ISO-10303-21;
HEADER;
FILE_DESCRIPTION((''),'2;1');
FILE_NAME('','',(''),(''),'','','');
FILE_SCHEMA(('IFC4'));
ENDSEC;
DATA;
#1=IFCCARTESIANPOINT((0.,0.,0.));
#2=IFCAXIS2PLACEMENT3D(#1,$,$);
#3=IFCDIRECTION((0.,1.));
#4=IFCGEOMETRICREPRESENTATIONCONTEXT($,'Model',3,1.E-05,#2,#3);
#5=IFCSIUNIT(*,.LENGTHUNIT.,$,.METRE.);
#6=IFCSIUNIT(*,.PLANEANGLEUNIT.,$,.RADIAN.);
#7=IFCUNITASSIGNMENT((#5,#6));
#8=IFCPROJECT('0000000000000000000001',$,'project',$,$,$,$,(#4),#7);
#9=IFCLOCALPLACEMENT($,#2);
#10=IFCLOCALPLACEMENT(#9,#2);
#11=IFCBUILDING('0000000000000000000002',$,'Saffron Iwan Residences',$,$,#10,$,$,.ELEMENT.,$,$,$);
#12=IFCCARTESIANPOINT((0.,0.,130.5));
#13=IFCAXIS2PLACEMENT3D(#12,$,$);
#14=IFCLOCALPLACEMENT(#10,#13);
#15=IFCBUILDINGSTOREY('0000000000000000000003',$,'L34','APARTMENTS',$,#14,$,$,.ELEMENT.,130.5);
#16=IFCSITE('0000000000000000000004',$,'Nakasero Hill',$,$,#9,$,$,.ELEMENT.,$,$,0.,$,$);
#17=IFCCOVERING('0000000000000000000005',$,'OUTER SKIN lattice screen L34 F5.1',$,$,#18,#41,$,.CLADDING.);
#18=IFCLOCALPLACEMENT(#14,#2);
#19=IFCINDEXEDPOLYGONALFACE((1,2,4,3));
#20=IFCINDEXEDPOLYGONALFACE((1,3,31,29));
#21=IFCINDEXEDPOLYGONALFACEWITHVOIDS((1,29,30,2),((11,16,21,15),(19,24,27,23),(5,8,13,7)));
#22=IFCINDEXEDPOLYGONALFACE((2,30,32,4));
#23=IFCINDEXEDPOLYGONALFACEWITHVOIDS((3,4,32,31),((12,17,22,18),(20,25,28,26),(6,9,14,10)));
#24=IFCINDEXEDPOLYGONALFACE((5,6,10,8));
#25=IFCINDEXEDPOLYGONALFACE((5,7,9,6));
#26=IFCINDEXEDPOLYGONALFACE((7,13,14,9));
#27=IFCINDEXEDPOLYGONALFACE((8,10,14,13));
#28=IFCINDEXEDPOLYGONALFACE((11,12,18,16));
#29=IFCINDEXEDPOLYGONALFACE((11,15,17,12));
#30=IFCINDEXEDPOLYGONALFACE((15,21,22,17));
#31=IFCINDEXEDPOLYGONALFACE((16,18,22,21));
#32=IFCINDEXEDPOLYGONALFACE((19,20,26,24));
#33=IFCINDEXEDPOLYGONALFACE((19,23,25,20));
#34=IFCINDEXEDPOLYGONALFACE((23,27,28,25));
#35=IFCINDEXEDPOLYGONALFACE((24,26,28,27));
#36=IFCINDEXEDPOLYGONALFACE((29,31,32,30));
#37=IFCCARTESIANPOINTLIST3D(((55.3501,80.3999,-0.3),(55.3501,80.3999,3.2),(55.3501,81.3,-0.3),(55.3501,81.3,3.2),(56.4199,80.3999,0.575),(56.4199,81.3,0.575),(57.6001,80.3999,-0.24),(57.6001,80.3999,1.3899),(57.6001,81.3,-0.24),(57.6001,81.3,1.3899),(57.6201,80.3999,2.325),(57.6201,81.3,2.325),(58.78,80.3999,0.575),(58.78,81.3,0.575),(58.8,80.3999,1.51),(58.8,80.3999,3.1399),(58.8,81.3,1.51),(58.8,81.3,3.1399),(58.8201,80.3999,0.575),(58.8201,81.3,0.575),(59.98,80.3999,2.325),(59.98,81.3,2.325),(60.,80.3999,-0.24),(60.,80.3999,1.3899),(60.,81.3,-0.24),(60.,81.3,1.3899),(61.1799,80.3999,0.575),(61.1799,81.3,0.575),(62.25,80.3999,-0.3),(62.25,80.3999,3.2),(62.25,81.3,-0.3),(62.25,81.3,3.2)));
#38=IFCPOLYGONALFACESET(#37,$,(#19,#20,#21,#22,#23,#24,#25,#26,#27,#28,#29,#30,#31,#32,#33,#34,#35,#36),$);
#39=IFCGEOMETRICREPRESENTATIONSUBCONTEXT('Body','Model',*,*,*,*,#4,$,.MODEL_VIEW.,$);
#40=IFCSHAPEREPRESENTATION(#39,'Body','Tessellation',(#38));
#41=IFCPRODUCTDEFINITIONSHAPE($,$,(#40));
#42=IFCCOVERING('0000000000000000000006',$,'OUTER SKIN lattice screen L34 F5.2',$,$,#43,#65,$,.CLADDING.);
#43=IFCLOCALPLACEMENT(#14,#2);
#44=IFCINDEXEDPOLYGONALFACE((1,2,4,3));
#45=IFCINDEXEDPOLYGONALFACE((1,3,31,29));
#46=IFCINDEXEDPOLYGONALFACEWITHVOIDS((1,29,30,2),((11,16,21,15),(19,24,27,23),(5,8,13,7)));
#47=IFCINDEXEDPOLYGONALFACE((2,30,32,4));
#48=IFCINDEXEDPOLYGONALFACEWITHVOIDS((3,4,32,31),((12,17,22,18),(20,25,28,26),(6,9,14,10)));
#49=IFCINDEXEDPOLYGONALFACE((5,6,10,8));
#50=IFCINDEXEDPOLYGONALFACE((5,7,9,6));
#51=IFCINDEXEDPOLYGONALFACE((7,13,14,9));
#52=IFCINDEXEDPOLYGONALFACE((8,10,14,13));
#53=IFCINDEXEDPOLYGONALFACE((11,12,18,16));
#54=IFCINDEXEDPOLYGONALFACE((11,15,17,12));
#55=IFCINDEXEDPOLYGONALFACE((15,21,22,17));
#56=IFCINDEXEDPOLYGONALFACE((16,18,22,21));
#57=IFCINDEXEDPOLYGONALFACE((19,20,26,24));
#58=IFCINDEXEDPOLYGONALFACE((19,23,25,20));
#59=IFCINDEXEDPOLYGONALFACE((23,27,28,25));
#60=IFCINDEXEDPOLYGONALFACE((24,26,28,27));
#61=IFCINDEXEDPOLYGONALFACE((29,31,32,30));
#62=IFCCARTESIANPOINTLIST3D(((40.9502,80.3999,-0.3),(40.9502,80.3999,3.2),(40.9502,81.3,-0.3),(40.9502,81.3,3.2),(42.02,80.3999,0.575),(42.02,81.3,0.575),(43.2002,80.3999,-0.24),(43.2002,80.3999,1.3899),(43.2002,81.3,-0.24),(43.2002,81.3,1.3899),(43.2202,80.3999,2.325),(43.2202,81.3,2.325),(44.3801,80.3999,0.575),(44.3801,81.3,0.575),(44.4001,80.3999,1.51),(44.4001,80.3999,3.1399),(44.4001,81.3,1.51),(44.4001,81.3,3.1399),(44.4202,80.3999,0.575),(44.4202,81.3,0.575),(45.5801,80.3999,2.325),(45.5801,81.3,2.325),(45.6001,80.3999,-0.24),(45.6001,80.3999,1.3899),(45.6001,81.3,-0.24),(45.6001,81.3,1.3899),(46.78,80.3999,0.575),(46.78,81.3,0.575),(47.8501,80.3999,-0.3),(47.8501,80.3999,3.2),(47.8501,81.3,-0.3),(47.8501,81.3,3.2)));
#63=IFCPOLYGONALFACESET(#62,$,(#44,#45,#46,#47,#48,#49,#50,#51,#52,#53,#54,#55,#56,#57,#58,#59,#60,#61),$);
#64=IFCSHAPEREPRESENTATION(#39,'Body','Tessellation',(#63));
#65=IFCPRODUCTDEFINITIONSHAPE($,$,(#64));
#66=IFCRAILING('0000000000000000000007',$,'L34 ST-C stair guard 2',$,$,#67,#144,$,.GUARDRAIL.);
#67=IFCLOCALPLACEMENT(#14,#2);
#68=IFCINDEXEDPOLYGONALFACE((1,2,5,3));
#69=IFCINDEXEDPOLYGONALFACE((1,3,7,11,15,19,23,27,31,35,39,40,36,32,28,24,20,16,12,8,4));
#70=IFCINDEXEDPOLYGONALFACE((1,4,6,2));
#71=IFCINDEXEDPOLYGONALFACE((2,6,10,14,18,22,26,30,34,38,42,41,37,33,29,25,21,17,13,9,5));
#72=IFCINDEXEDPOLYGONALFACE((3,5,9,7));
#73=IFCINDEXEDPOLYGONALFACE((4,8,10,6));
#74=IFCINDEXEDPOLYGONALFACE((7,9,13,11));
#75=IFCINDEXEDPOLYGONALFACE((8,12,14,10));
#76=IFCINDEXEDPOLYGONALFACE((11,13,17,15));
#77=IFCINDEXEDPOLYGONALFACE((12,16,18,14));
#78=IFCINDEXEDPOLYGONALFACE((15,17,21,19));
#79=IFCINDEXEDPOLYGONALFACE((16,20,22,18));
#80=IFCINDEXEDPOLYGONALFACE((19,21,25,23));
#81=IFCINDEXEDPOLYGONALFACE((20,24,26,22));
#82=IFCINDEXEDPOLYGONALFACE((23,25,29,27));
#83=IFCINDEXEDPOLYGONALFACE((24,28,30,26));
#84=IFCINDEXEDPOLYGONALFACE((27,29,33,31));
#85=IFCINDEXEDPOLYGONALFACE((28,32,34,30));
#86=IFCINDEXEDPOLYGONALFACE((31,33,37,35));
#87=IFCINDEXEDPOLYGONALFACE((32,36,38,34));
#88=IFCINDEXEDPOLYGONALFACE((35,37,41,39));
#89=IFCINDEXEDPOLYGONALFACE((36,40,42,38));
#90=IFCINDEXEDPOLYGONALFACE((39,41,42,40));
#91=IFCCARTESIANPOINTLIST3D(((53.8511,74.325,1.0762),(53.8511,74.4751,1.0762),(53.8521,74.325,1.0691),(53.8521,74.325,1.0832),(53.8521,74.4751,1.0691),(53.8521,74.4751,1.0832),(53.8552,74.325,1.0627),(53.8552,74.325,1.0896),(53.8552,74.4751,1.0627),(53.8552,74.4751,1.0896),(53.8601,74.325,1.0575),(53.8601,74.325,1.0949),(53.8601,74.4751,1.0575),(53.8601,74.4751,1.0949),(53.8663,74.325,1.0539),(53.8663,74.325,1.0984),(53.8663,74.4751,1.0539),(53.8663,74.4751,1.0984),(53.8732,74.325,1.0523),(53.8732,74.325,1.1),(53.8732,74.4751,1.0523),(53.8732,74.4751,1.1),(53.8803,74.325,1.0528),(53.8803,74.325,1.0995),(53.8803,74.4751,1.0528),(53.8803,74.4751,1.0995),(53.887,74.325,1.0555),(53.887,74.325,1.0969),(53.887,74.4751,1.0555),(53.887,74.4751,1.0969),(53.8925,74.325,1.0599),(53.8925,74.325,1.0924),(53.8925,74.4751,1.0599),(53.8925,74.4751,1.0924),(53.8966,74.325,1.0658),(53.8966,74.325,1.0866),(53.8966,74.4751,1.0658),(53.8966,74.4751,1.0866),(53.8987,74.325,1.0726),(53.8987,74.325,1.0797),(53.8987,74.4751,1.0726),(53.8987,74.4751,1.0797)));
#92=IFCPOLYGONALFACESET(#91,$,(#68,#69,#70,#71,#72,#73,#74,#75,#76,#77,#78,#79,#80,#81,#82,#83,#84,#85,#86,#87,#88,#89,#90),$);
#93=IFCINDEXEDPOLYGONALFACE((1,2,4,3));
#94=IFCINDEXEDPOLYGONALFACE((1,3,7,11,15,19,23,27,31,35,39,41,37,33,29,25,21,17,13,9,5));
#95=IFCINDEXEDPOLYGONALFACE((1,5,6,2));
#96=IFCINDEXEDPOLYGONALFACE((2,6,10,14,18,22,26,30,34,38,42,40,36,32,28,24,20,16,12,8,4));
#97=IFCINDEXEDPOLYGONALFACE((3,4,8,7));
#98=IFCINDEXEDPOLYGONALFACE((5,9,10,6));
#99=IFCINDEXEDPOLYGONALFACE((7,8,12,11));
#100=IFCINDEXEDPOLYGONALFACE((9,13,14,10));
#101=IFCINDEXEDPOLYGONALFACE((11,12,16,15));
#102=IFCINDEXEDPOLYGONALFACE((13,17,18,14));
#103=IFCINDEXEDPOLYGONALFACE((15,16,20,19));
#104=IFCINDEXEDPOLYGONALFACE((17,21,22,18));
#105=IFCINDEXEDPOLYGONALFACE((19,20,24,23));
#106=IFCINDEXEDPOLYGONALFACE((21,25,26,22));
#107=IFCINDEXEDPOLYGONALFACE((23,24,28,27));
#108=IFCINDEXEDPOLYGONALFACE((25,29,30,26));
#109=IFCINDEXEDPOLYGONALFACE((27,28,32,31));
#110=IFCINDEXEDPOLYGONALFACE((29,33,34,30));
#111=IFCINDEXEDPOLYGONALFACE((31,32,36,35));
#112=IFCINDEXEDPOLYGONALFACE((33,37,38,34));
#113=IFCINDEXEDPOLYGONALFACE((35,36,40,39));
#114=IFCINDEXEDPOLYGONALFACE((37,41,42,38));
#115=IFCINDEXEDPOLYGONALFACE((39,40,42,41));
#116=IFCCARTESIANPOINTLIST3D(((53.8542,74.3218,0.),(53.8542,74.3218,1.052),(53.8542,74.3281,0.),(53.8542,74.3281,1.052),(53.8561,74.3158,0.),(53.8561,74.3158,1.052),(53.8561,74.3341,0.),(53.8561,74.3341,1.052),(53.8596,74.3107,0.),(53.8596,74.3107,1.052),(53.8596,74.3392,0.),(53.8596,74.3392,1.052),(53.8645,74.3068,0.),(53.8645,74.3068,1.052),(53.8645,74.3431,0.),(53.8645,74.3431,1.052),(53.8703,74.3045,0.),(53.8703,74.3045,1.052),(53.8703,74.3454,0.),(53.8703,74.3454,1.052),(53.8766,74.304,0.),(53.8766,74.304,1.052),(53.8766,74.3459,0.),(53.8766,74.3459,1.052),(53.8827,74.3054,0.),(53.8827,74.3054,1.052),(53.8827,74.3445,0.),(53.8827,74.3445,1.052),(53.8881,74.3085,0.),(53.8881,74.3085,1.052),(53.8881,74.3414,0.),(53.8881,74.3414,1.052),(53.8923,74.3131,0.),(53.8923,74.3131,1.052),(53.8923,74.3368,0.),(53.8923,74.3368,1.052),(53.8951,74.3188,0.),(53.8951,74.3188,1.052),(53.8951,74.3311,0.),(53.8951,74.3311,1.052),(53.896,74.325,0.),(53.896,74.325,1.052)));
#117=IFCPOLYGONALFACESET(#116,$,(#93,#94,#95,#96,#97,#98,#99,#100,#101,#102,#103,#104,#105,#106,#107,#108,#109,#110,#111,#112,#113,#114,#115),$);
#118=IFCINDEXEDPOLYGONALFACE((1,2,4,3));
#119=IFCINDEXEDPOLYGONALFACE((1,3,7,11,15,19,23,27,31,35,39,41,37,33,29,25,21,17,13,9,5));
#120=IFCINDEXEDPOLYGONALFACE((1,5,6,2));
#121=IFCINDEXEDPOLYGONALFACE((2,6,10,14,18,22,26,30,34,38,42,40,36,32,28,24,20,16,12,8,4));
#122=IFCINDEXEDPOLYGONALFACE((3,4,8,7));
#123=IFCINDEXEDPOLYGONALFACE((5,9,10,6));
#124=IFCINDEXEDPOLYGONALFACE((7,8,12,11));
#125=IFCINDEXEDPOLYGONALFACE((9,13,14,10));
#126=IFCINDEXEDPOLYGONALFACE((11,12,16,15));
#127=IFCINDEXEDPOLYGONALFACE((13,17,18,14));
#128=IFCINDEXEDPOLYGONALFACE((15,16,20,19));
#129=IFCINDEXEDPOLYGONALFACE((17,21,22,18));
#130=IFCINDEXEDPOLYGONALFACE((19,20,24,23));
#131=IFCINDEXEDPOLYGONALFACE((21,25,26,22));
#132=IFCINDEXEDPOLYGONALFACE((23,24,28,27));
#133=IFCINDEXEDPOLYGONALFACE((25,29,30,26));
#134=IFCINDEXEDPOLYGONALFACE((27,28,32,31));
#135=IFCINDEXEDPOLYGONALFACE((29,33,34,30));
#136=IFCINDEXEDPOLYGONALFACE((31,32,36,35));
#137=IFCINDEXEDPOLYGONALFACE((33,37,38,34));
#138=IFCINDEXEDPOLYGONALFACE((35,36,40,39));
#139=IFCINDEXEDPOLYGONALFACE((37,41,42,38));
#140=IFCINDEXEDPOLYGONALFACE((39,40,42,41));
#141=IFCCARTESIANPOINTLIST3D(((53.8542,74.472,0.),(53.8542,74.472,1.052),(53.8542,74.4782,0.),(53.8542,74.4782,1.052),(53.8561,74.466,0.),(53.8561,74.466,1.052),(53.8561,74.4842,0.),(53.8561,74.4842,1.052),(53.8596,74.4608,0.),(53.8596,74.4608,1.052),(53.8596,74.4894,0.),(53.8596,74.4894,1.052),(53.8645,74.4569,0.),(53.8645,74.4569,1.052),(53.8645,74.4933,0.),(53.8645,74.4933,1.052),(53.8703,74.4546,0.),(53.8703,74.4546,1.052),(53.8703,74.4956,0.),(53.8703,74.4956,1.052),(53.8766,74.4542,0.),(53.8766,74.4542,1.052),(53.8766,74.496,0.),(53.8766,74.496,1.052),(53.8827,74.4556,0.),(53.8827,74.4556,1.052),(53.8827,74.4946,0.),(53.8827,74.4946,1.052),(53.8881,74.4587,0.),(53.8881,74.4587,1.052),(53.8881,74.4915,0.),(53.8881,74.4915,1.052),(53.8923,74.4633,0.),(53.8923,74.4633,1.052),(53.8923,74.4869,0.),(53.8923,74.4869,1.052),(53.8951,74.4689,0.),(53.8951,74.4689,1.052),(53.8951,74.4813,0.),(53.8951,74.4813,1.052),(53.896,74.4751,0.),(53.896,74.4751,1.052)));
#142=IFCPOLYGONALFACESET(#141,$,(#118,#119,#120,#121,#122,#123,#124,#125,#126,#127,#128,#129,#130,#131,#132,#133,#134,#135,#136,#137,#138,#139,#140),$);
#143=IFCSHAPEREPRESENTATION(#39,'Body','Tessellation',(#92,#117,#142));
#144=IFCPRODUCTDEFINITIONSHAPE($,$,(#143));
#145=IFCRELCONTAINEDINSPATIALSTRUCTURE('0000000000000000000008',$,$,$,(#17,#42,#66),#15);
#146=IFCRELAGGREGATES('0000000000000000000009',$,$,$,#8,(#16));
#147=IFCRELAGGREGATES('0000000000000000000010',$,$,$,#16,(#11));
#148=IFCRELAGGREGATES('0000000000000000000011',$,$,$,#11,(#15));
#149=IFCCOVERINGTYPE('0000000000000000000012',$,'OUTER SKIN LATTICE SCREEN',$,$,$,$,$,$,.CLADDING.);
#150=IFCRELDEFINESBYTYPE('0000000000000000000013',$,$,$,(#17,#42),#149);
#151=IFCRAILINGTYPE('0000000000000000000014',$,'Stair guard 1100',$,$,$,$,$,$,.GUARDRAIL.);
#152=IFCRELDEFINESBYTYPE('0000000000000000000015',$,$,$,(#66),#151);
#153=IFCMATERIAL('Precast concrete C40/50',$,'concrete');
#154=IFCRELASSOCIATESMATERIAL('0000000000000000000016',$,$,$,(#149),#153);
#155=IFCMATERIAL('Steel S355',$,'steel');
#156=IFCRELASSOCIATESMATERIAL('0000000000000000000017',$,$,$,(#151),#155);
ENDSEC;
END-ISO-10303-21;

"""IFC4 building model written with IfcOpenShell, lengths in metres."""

from ifc_helpers import new_model, si_unit, direction, frame, origin, origin_2d, place, context, subcontext, project, spatial, polyline, circle, outline, extrude, material, type_object, element, save


model = new_model("IFC4")

# Units and contexts
model_context = context("Model", 3, precision=1e-05, world=origin(), true_north=direction((0.0, 1.0)))
body_context = subcontext(model_context, "Body", "Model", "MODEL_VIEW")
ifc_project = project(units=[si_unit("LENGTHUNIT", "METRE"), si_unit("PLANEANGLEUNIT", "RADIAN")], contexts=[model_context])

# Site, building, storey
site_placement = place(None, origin())
site = spatial("IfcSite", under=ifc_project, at=site_placement, Name="Nakasero Hill", CompositionType="ELEMENT", RefElevation=0.0)
building_placement = place(site_placement, origin())
building = spatial("IfcBuilding", under=site, at=building_placement, Name="Saffron Iwan Residences", CompositionType="ELEMENT")
storey_placement = place(building_placement, frame((0.0, 0.0, 130.5)))
storey = spatial("IfcBuildingStorey", under=building, at=storey_placement, Name="L34", Description="APARTMENTS", CompositionType="ELEMENT", Elevation=130.5)

# Coverings
ifc_material_1 = material(Name="Precast concrete C40/50", Category="concrete")
covering_type_1 = type_object("IfcCoveringType", Name="OUTER SKIN LATTICE SCREEN", PredefinedType="CLADDING", material=ifc_material_1)
for number, where, z_axis, x_axis, name in (
    (1, (62.25, 80.3999, -0.3), (0.0, 1.0, 0.0), (-1.0, 0.0, 0.0), "OUTER SKIN lattice screen L34 F5.1"),
    (2, (47.8501, 80.3999, -0.3), (0.0, 1.0, 0.0), (-1.0, 0.0, 0.0), "OUTER SKIN lattice screen L34 F5.2"),
):
    element("IfcCovering", number, at=place(storey_placement, frame(where, z_axis=z_axis, x_axis=x_axis)), inside=storey, type_object=covering_type_1, Name=name, PredefinedType="CLADDING", context=body_context, shape_type="SweptSolid", body=[
        extrude(outline(polyline([(0.0, 0.0), (6.8999, 0.0), (6.8999, 3.5), (0.0, 3.5), (0.0, 0.0)]), holes=[polyline([(1.0701, 0.875), (2.25, 0.0601), (3.4299, 0.875), (2.25, 1.6899), (1.0701, 0.875)]), polyline([(3.47, 0.875), (4.6499, 0.0601), (5.8301, 0.875), (4.6499, 1.6899), (3.47, 0.875)]), polyline([(2.27, 2.625), (3.45, 1.8101), (4.6299, 2.625), (3.45, 3.4399), (2.27, 2.625)])]), origin(), (0.0, 0.0, 1.0), 0.9001),
    ])

# Railing
ifc_material_2 = material(Name="Steel S355", Category="steel")
railing_type_1 = type_object("IfcRailingType", Name="Stair guard 1100", PredefinedType="GUARDRAIL", material=ifc_material_2)
railing_1_placement = place(storey_placement, frame((53.875, 74.325, 0.0)))
element("IfcRailing", 3, at=railing_1_placement, inside=storey, type_object=railing_type_1, Name="L34 ST-C stair guard 2", PredefinedType="GUARDRAIL", context=body_context, shape_type="SweptSolid", body=[
    extrude(circle(Radius=0.0239, at=origin_2d()), frame((0.0, 0.0, 1.0762), z_axis=(0.0, 1.0, 0.0), x_axis=(-1.0, 0.0, 0.0)), (0.0, 0.0, 1.0), 0.1501),
    extrude(circle(Radius=0.021, at=origin_2d()), origin(), (0.0, 0.0, 1.0), 1.052),
    extrude(circle(Radius=0.021, at=origin_2d()), frame((0.0, 0.1501, 0.0)), (0.0, 0.0, 1.0), 1.052),
])

save(model, "model.ifc")
